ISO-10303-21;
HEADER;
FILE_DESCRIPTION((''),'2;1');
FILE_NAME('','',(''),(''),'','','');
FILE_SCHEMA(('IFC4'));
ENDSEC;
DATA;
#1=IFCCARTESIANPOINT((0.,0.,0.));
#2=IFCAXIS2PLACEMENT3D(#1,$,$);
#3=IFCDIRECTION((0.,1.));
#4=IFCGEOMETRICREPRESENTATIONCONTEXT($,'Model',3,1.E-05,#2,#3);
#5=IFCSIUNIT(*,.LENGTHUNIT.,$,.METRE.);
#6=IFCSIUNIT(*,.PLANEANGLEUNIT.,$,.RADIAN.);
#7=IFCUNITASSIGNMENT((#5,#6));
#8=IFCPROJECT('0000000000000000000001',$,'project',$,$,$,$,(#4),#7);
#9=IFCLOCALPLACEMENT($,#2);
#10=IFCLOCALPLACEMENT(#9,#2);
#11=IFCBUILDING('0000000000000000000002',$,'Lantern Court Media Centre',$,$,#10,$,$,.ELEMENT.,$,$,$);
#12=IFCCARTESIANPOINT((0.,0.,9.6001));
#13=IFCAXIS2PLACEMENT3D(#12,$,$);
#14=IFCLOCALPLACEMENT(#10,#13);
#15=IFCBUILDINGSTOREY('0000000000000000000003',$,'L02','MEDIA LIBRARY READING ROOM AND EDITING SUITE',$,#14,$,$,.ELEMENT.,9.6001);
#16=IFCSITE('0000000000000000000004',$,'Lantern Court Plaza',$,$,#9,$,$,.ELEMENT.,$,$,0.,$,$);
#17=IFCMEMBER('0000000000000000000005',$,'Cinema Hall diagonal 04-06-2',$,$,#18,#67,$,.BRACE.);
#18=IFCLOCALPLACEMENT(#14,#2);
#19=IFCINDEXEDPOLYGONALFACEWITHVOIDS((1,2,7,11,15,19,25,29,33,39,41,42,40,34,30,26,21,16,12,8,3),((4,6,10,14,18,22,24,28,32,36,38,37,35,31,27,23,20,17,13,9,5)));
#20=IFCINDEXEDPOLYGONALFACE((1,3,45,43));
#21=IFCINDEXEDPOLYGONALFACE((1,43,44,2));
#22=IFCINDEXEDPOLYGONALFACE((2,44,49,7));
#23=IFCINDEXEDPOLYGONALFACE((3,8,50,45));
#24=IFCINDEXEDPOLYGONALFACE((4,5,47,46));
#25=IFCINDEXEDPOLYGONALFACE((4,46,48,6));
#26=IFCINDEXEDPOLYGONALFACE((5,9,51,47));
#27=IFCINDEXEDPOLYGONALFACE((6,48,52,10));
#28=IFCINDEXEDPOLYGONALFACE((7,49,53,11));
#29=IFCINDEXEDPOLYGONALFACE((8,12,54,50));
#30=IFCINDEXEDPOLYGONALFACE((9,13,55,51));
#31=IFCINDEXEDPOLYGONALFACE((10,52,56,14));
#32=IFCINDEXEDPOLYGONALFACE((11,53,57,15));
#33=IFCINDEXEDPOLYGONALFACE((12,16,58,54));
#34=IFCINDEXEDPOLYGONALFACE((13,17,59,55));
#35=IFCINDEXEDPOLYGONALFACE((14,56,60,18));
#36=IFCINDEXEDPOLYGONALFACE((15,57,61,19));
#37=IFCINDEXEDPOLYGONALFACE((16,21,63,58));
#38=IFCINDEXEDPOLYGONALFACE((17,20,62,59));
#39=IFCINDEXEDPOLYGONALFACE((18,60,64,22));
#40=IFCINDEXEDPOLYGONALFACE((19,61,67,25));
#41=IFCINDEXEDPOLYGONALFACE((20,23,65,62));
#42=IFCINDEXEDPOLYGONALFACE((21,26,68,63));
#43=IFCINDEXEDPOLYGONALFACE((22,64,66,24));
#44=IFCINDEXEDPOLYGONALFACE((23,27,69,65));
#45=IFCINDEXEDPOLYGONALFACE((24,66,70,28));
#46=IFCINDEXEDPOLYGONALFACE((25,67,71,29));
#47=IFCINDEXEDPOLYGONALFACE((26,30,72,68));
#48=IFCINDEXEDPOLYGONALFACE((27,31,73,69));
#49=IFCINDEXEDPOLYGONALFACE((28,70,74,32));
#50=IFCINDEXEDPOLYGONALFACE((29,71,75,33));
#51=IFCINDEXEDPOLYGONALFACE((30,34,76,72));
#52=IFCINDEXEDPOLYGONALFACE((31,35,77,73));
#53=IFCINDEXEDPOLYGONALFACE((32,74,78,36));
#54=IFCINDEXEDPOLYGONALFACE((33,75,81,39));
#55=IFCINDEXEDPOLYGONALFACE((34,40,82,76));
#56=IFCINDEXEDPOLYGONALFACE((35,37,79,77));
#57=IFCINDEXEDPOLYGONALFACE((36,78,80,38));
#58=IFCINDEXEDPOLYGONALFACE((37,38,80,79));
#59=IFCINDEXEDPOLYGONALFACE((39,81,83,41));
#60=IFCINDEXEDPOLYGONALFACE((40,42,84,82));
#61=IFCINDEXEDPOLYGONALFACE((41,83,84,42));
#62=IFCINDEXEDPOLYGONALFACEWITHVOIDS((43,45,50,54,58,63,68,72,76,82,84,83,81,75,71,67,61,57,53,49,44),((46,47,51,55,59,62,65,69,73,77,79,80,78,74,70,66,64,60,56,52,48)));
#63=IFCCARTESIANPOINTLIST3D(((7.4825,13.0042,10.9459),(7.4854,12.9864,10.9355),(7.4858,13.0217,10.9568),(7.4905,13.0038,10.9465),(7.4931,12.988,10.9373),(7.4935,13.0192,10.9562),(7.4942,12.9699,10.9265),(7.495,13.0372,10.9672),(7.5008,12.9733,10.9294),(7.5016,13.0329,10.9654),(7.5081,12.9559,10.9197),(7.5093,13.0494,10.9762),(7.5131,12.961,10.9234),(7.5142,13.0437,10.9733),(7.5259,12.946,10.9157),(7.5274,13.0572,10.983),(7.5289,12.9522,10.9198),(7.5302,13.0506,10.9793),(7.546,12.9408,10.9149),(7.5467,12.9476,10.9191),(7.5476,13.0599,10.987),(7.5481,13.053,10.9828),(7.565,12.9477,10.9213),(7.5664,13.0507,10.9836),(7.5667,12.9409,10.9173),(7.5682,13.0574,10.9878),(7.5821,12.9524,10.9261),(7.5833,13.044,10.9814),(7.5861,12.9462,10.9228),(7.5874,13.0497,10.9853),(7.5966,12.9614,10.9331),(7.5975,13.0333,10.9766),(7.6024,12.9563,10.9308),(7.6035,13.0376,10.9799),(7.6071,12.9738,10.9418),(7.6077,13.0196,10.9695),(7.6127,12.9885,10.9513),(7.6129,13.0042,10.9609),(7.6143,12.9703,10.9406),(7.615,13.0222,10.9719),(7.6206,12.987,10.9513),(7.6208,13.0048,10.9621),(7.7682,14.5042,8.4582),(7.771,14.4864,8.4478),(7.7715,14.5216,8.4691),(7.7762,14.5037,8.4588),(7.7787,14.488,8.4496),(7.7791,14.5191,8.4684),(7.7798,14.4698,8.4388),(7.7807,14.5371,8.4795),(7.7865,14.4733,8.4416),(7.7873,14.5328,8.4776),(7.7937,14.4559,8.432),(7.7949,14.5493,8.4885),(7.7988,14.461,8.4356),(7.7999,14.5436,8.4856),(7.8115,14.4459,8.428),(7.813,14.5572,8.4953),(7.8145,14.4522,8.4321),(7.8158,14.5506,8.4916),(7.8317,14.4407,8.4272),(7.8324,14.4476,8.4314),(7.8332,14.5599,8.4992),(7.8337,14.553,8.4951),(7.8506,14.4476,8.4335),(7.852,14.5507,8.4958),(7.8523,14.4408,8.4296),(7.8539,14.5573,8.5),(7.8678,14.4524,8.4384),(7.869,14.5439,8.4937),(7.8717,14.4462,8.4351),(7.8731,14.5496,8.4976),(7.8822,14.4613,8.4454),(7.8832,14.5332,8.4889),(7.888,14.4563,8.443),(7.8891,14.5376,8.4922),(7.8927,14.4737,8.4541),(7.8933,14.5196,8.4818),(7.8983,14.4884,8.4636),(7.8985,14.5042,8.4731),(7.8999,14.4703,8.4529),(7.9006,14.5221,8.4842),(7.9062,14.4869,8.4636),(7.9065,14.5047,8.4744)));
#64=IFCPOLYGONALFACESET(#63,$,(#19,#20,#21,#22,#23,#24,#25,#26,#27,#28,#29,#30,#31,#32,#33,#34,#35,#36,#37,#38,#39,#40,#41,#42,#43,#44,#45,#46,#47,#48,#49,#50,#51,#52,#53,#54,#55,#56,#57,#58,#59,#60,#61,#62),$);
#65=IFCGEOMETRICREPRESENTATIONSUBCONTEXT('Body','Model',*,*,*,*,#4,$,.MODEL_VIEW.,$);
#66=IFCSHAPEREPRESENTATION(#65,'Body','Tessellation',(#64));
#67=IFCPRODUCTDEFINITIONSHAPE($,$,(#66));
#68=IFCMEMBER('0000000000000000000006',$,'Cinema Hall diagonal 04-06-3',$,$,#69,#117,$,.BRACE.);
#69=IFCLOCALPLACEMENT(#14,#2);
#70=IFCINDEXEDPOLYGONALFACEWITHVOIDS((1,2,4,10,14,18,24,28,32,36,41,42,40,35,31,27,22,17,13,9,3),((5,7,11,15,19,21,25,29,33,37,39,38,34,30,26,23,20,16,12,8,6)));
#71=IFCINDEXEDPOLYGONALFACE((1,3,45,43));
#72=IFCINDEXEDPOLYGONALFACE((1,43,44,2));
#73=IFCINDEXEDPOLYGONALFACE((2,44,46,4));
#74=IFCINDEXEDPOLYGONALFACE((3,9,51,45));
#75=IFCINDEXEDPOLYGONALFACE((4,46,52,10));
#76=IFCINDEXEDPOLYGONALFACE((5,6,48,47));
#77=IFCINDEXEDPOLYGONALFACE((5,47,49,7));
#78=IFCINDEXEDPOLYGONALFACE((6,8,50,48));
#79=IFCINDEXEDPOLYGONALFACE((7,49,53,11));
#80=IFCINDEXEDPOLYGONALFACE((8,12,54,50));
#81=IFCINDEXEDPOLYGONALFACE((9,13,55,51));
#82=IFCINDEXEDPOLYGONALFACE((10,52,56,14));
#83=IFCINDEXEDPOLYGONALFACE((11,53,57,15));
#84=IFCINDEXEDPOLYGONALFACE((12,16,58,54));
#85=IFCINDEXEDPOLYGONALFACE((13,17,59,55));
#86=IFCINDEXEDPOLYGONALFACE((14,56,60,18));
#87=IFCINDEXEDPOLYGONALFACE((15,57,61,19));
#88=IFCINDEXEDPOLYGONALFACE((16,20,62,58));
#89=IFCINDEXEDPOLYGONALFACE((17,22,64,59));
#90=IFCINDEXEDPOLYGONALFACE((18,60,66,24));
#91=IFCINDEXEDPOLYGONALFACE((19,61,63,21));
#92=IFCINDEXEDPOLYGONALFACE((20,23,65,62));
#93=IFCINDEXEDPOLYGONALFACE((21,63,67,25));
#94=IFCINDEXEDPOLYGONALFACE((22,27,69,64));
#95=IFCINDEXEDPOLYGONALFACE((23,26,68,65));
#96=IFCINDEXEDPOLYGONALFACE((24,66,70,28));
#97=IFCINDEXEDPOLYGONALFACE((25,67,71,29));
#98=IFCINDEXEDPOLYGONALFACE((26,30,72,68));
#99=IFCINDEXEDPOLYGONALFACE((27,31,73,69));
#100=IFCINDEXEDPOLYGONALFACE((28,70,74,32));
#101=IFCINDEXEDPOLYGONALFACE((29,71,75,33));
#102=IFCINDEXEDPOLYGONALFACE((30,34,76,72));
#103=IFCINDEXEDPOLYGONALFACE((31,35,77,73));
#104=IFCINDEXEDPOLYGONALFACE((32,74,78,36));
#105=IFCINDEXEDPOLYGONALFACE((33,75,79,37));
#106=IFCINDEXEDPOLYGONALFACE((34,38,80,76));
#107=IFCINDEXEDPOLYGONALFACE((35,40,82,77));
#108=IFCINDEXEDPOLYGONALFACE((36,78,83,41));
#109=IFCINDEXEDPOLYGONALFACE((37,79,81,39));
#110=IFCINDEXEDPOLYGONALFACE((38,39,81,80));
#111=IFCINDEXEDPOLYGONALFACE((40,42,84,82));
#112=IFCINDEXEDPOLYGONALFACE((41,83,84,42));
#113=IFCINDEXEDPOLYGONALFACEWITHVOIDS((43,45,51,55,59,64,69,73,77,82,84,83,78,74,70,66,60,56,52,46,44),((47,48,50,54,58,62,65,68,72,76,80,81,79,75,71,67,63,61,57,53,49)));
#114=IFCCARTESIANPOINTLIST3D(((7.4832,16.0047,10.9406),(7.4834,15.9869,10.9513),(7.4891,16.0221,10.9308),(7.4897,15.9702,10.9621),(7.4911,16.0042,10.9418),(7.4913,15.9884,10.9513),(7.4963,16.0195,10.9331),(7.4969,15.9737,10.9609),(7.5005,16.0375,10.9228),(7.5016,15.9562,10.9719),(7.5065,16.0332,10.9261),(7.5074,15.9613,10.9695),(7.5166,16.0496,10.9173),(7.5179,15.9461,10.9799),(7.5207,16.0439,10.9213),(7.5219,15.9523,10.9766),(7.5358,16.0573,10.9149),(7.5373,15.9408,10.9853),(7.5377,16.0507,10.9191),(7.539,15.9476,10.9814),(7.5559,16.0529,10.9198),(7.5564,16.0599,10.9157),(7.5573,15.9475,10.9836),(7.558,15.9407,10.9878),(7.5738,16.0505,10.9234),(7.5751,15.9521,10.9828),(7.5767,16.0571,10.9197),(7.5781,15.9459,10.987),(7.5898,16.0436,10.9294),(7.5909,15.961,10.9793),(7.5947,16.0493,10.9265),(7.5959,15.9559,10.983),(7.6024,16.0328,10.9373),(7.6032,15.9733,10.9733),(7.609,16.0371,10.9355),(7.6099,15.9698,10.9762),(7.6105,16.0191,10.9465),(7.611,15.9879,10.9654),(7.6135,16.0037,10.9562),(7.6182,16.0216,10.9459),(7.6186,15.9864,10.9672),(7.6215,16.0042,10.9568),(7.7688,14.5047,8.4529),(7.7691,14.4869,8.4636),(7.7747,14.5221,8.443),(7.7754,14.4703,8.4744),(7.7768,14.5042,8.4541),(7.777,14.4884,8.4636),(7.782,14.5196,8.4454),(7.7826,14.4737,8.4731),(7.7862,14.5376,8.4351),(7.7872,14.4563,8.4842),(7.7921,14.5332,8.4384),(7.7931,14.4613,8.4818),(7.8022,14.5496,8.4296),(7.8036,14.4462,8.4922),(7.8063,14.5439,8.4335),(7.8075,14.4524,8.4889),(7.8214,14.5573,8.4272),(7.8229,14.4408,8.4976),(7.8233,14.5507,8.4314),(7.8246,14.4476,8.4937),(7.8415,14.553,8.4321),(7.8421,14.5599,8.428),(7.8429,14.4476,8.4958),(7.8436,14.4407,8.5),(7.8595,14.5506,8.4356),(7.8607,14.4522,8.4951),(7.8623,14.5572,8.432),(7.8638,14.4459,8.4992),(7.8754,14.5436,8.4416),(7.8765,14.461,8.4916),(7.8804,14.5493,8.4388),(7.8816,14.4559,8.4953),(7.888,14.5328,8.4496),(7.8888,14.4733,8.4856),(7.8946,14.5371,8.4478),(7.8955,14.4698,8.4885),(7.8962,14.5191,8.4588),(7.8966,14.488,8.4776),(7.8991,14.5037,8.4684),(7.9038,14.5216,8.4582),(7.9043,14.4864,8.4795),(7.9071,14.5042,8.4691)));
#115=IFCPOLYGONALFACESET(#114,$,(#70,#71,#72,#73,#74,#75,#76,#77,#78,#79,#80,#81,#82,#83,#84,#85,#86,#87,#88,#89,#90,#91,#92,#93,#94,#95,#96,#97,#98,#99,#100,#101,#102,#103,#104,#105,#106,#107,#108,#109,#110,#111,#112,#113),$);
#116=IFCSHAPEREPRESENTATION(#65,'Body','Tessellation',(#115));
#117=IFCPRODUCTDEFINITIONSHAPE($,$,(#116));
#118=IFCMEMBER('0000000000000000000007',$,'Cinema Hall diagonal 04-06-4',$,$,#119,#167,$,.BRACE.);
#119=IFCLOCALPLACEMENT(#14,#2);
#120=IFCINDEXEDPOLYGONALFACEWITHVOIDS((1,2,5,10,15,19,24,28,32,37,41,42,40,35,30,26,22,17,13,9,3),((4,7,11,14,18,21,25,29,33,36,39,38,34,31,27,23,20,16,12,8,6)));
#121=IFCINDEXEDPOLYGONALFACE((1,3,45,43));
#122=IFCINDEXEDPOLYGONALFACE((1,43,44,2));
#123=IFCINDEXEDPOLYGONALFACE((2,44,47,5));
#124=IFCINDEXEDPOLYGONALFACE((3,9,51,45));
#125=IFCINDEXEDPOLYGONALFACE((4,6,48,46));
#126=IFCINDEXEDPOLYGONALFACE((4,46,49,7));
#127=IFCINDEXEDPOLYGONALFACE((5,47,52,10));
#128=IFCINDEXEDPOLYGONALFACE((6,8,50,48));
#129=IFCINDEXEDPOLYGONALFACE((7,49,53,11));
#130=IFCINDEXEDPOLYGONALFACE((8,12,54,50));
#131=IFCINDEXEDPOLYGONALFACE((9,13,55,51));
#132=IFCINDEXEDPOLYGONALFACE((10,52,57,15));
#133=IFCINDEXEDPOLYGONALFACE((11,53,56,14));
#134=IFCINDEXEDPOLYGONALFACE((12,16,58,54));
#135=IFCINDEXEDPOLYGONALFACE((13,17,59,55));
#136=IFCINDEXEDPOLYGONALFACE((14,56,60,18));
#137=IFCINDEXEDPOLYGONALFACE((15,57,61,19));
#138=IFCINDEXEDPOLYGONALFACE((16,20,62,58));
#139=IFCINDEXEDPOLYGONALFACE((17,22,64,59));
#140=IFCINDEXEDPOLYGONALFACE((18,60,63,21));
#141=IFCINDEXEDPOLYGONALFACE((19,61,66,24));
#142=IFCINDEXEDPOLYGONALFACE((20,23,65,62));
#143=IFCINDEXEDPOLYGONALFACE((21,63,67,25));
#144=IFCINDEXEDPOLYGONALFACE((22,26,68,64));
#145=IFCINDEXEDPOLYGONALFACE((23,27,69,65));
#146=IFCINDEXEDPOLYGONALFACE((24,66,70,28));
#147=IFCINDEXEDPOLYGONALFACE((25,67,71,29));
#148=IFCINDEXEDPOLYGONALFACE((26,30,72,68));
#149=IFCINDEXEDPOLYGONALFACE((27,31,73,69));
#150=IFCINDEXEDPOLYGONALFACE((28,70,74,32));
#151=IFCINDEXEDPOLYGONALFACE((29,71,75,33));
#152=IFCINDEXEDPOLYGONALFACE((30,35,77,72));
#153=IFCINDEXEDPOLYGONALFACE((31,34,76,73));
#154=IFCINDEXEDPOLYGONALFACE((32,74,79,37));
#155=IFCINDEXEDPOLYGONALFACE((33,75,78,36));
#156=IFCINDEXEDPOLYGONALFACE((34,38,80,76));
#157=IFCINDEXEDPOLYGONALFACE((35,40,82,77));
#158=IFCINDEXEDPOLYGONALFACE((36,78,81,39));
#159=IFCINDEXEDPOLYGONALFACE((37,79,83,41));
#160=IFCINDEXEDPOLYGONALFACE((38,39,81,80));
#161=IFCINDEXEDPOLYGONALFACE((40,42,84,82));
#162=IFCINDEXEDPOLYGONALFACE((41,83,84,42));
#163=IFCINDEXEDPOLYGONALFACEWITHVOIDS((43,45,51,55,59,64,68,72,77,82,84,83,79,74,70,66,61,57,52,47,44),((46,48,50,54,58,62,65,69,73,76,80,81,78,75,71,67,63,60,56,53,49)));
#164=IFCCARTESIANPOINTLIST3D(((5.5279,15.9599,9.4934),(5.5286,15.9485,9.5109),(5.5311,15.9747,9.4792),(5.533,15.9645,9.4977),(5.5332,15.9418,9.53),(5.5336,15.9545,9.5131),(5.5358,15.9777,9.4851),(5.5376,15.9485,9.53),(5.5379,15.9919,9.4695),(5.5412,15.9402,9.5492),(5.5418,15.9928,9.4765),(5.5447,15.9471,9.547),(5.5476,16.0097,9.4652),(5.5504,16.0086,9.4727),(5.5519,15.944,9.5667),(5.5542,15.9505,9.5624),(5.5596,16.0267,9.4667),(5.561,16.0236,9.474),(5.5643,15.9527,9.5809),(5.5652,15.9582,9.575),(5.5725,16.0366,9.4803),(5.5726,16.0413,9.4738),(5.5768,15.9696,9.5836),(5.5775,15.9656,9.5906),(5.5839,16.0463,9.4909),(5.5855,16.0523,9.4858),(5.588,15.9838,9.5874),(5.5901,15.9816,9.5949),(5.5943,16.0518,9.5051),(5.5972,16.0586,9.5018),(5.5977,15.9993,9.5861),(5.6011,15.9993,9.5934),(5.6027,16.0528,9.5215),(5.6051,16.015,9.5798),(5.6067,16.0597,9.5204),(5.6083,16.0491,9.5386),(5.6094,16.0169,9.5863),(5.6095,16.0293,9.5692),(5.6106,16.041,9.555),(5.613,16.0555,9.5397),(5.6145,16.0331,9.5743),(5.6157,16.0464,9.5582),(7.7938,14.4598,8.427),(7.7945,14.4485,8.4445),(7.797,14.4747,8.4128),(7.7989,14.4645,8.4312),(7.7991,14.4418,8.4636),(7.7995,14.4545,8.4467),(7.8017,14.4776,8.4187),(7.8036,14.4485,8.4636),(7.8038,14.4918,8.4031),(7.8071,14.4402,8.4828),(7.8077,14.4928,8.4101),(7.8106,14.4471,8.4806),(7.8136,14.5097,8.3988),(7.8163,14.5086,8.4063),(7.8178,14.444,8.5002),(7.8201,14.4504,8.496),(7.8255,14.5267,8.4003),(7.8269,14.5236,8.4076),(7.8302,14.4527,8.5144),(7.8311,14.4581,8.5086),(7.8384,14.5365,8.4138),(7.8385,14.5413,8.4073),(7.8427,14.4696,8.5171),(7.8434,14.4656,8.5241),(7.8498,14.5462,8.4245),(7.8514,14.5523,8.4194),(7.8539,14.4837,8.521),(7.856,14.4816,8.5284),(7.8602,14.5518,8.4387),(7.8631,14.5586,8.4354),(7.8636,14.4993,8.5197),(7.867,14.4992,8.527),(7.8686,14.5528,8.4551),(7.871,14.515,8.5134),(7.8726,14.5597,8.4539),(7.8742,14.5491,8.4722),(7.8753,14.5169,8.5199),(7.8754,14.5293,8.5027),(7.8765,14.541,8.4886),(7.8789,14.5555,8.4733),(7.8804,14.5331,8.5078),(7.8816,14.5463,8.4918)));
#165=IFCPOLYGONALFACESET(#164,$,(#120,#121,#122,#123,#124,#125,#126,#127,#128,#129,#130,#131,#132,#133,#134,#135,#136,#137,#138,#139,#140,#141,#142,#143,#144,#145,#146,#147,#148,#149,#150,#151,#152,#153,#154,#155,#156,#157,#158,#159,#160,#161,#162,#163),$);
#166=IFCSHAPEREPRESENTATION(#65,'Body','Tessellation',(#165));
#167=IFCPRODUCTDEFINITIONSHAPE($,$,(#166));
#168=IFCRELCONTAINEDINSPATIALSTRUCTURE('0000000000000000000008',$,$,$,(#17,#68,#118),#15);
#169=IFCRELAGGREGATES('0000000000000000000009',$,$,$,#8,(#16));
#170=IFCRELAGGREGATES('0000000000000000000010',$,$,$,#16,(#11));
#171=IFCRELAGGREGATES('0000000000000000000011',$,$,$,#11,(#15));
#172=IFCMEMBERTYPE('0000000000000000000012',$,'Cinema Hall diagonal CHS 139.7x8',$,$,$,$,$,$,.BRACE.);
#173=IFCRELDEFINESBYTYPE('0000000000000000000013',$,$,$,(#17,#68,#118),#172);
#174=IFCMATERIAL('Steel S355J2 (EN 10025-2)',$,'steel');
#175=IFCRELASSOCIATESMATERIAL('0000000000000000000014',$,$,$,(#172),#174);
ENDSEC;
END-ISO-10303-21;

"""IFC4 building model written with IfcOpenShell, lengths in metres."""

from ifc_helpers import new_model, si_unit, direction, frame, origin, origin_2d, place, context, subcontext, project, spatial, hollow_circle, extrude, material, material_profile, profile_set, type_object, element, save


model = new_model("IFC4")

# Units and contexts
model_context = context("Model", 3, precision=1e-05, world=origin(), true_north=direction((0.0, 1.0)))
body_context = subcontext(model_context, "Body", "Model", "MODEL_VIEW")
ifc_project = project(units=[si_unit("LENGTHUNIT", "METRE"), si_unit("PLANEANGLEUNIT", "RADIAN")], contexts=[model_context])

# Site, building, storey
site_placement = place(None, origin())
site = spatial("IfcSite", under=ifc_project, at=site_placement, Name="Lantern Court Plaza", CompositionType="ELEMENT", RefElevation=0.0)
building_placement = place(site_placement, origin())
building = spatial("IfcBuilding", under=site, at=building_placement, Name="Lantern Court Media Centre", CompositionType="ELEMENT")
storey_placement = place(building_placement, frame((0.0, 0.0, 9.6001)))
storey = spatial("IfcBuildingStorey", under=building, at=storey_placement, Name="L02", Description="MEDIA LIBRARY READING ROOM AND EDITING SUITE", CompositionType="ELEMENT", Elevation=9.6001)

# Members
ifc_material_1 = material(Name="Steel S355J2 (EN 10025-2)", Category="steel")
ifc_material_profile_1 = material_profile(ifc_material_1, hollow_circle(Radius=0.0698, WallThickness=0.0081, at=origin_2d()), Name="Cinema Hall diagonal CHS 139.7x8")
ifc_profile_set_1 = profile_set([ifc_material_profile_1], Name="Steel S355J2 (EN 10025-2)")
member_type_1 = type_object("IfcMemberType", Name="Cinema Hall diagonal CHS 139.7x8", PredefinedType="BRACE", material=ifc_profile_set_1)
for number, where, z_axis, x_axis, name in (
    (1, (7.8376, 14.5, 8.4636), (-0.097856, -0.51387, 0.852268), (0.982347, -0.187068, 0.0), "Cinema Hall diagonal 04-06-2"),
    (2, (7.8376, 14.5, 8.4636), (-0.097856, 0.51387, 0.852268), (-0.982347, -0.187068, 0.0), "Cinema Hall diagonal 04-06-3"),
):
    element("IfcMember", number, at=place(storey_placement, frame(where, z_axis=z_axis, x_axis=x_axis)), inside=storey, type_object=member_type_1, Name=name, PredefinedType="BRACE", context=body_context, shape_type="SweptSolid", body=[
        extrude(hollow_circle(Radius=0.0698, WallThickness=0.0081, at=origin_2d()), origin(), (0.0, 0.0, 1.0), 2.9189),
    ])
for number, where, z_axis, x_axis, name in (
    (3, (7.8376, 14.5, 8.4636), (-0.776211, 0.51385, 0.365315), (-0.552002, -0.833843, 0.0), "Cinema Hall diagonal 04-06-4"),
):
    element("IfcMember", number, at=place(storey_placement, frame(where, z_axis=z_axis, x_axis=x_axis)), inside=storey, type_object=member_type_1, Name=name, PredefinedType="BRACE", context=body_context, shape_type="SweptSolid", body=[
        extrude(hollow_circle(Radius=0.0698, WallThickness=0.0081, at=origin_2d()), origin(), (0.0, 0.0, 1.0), 2.9192),
    ])

save(model, "model.ifc")
